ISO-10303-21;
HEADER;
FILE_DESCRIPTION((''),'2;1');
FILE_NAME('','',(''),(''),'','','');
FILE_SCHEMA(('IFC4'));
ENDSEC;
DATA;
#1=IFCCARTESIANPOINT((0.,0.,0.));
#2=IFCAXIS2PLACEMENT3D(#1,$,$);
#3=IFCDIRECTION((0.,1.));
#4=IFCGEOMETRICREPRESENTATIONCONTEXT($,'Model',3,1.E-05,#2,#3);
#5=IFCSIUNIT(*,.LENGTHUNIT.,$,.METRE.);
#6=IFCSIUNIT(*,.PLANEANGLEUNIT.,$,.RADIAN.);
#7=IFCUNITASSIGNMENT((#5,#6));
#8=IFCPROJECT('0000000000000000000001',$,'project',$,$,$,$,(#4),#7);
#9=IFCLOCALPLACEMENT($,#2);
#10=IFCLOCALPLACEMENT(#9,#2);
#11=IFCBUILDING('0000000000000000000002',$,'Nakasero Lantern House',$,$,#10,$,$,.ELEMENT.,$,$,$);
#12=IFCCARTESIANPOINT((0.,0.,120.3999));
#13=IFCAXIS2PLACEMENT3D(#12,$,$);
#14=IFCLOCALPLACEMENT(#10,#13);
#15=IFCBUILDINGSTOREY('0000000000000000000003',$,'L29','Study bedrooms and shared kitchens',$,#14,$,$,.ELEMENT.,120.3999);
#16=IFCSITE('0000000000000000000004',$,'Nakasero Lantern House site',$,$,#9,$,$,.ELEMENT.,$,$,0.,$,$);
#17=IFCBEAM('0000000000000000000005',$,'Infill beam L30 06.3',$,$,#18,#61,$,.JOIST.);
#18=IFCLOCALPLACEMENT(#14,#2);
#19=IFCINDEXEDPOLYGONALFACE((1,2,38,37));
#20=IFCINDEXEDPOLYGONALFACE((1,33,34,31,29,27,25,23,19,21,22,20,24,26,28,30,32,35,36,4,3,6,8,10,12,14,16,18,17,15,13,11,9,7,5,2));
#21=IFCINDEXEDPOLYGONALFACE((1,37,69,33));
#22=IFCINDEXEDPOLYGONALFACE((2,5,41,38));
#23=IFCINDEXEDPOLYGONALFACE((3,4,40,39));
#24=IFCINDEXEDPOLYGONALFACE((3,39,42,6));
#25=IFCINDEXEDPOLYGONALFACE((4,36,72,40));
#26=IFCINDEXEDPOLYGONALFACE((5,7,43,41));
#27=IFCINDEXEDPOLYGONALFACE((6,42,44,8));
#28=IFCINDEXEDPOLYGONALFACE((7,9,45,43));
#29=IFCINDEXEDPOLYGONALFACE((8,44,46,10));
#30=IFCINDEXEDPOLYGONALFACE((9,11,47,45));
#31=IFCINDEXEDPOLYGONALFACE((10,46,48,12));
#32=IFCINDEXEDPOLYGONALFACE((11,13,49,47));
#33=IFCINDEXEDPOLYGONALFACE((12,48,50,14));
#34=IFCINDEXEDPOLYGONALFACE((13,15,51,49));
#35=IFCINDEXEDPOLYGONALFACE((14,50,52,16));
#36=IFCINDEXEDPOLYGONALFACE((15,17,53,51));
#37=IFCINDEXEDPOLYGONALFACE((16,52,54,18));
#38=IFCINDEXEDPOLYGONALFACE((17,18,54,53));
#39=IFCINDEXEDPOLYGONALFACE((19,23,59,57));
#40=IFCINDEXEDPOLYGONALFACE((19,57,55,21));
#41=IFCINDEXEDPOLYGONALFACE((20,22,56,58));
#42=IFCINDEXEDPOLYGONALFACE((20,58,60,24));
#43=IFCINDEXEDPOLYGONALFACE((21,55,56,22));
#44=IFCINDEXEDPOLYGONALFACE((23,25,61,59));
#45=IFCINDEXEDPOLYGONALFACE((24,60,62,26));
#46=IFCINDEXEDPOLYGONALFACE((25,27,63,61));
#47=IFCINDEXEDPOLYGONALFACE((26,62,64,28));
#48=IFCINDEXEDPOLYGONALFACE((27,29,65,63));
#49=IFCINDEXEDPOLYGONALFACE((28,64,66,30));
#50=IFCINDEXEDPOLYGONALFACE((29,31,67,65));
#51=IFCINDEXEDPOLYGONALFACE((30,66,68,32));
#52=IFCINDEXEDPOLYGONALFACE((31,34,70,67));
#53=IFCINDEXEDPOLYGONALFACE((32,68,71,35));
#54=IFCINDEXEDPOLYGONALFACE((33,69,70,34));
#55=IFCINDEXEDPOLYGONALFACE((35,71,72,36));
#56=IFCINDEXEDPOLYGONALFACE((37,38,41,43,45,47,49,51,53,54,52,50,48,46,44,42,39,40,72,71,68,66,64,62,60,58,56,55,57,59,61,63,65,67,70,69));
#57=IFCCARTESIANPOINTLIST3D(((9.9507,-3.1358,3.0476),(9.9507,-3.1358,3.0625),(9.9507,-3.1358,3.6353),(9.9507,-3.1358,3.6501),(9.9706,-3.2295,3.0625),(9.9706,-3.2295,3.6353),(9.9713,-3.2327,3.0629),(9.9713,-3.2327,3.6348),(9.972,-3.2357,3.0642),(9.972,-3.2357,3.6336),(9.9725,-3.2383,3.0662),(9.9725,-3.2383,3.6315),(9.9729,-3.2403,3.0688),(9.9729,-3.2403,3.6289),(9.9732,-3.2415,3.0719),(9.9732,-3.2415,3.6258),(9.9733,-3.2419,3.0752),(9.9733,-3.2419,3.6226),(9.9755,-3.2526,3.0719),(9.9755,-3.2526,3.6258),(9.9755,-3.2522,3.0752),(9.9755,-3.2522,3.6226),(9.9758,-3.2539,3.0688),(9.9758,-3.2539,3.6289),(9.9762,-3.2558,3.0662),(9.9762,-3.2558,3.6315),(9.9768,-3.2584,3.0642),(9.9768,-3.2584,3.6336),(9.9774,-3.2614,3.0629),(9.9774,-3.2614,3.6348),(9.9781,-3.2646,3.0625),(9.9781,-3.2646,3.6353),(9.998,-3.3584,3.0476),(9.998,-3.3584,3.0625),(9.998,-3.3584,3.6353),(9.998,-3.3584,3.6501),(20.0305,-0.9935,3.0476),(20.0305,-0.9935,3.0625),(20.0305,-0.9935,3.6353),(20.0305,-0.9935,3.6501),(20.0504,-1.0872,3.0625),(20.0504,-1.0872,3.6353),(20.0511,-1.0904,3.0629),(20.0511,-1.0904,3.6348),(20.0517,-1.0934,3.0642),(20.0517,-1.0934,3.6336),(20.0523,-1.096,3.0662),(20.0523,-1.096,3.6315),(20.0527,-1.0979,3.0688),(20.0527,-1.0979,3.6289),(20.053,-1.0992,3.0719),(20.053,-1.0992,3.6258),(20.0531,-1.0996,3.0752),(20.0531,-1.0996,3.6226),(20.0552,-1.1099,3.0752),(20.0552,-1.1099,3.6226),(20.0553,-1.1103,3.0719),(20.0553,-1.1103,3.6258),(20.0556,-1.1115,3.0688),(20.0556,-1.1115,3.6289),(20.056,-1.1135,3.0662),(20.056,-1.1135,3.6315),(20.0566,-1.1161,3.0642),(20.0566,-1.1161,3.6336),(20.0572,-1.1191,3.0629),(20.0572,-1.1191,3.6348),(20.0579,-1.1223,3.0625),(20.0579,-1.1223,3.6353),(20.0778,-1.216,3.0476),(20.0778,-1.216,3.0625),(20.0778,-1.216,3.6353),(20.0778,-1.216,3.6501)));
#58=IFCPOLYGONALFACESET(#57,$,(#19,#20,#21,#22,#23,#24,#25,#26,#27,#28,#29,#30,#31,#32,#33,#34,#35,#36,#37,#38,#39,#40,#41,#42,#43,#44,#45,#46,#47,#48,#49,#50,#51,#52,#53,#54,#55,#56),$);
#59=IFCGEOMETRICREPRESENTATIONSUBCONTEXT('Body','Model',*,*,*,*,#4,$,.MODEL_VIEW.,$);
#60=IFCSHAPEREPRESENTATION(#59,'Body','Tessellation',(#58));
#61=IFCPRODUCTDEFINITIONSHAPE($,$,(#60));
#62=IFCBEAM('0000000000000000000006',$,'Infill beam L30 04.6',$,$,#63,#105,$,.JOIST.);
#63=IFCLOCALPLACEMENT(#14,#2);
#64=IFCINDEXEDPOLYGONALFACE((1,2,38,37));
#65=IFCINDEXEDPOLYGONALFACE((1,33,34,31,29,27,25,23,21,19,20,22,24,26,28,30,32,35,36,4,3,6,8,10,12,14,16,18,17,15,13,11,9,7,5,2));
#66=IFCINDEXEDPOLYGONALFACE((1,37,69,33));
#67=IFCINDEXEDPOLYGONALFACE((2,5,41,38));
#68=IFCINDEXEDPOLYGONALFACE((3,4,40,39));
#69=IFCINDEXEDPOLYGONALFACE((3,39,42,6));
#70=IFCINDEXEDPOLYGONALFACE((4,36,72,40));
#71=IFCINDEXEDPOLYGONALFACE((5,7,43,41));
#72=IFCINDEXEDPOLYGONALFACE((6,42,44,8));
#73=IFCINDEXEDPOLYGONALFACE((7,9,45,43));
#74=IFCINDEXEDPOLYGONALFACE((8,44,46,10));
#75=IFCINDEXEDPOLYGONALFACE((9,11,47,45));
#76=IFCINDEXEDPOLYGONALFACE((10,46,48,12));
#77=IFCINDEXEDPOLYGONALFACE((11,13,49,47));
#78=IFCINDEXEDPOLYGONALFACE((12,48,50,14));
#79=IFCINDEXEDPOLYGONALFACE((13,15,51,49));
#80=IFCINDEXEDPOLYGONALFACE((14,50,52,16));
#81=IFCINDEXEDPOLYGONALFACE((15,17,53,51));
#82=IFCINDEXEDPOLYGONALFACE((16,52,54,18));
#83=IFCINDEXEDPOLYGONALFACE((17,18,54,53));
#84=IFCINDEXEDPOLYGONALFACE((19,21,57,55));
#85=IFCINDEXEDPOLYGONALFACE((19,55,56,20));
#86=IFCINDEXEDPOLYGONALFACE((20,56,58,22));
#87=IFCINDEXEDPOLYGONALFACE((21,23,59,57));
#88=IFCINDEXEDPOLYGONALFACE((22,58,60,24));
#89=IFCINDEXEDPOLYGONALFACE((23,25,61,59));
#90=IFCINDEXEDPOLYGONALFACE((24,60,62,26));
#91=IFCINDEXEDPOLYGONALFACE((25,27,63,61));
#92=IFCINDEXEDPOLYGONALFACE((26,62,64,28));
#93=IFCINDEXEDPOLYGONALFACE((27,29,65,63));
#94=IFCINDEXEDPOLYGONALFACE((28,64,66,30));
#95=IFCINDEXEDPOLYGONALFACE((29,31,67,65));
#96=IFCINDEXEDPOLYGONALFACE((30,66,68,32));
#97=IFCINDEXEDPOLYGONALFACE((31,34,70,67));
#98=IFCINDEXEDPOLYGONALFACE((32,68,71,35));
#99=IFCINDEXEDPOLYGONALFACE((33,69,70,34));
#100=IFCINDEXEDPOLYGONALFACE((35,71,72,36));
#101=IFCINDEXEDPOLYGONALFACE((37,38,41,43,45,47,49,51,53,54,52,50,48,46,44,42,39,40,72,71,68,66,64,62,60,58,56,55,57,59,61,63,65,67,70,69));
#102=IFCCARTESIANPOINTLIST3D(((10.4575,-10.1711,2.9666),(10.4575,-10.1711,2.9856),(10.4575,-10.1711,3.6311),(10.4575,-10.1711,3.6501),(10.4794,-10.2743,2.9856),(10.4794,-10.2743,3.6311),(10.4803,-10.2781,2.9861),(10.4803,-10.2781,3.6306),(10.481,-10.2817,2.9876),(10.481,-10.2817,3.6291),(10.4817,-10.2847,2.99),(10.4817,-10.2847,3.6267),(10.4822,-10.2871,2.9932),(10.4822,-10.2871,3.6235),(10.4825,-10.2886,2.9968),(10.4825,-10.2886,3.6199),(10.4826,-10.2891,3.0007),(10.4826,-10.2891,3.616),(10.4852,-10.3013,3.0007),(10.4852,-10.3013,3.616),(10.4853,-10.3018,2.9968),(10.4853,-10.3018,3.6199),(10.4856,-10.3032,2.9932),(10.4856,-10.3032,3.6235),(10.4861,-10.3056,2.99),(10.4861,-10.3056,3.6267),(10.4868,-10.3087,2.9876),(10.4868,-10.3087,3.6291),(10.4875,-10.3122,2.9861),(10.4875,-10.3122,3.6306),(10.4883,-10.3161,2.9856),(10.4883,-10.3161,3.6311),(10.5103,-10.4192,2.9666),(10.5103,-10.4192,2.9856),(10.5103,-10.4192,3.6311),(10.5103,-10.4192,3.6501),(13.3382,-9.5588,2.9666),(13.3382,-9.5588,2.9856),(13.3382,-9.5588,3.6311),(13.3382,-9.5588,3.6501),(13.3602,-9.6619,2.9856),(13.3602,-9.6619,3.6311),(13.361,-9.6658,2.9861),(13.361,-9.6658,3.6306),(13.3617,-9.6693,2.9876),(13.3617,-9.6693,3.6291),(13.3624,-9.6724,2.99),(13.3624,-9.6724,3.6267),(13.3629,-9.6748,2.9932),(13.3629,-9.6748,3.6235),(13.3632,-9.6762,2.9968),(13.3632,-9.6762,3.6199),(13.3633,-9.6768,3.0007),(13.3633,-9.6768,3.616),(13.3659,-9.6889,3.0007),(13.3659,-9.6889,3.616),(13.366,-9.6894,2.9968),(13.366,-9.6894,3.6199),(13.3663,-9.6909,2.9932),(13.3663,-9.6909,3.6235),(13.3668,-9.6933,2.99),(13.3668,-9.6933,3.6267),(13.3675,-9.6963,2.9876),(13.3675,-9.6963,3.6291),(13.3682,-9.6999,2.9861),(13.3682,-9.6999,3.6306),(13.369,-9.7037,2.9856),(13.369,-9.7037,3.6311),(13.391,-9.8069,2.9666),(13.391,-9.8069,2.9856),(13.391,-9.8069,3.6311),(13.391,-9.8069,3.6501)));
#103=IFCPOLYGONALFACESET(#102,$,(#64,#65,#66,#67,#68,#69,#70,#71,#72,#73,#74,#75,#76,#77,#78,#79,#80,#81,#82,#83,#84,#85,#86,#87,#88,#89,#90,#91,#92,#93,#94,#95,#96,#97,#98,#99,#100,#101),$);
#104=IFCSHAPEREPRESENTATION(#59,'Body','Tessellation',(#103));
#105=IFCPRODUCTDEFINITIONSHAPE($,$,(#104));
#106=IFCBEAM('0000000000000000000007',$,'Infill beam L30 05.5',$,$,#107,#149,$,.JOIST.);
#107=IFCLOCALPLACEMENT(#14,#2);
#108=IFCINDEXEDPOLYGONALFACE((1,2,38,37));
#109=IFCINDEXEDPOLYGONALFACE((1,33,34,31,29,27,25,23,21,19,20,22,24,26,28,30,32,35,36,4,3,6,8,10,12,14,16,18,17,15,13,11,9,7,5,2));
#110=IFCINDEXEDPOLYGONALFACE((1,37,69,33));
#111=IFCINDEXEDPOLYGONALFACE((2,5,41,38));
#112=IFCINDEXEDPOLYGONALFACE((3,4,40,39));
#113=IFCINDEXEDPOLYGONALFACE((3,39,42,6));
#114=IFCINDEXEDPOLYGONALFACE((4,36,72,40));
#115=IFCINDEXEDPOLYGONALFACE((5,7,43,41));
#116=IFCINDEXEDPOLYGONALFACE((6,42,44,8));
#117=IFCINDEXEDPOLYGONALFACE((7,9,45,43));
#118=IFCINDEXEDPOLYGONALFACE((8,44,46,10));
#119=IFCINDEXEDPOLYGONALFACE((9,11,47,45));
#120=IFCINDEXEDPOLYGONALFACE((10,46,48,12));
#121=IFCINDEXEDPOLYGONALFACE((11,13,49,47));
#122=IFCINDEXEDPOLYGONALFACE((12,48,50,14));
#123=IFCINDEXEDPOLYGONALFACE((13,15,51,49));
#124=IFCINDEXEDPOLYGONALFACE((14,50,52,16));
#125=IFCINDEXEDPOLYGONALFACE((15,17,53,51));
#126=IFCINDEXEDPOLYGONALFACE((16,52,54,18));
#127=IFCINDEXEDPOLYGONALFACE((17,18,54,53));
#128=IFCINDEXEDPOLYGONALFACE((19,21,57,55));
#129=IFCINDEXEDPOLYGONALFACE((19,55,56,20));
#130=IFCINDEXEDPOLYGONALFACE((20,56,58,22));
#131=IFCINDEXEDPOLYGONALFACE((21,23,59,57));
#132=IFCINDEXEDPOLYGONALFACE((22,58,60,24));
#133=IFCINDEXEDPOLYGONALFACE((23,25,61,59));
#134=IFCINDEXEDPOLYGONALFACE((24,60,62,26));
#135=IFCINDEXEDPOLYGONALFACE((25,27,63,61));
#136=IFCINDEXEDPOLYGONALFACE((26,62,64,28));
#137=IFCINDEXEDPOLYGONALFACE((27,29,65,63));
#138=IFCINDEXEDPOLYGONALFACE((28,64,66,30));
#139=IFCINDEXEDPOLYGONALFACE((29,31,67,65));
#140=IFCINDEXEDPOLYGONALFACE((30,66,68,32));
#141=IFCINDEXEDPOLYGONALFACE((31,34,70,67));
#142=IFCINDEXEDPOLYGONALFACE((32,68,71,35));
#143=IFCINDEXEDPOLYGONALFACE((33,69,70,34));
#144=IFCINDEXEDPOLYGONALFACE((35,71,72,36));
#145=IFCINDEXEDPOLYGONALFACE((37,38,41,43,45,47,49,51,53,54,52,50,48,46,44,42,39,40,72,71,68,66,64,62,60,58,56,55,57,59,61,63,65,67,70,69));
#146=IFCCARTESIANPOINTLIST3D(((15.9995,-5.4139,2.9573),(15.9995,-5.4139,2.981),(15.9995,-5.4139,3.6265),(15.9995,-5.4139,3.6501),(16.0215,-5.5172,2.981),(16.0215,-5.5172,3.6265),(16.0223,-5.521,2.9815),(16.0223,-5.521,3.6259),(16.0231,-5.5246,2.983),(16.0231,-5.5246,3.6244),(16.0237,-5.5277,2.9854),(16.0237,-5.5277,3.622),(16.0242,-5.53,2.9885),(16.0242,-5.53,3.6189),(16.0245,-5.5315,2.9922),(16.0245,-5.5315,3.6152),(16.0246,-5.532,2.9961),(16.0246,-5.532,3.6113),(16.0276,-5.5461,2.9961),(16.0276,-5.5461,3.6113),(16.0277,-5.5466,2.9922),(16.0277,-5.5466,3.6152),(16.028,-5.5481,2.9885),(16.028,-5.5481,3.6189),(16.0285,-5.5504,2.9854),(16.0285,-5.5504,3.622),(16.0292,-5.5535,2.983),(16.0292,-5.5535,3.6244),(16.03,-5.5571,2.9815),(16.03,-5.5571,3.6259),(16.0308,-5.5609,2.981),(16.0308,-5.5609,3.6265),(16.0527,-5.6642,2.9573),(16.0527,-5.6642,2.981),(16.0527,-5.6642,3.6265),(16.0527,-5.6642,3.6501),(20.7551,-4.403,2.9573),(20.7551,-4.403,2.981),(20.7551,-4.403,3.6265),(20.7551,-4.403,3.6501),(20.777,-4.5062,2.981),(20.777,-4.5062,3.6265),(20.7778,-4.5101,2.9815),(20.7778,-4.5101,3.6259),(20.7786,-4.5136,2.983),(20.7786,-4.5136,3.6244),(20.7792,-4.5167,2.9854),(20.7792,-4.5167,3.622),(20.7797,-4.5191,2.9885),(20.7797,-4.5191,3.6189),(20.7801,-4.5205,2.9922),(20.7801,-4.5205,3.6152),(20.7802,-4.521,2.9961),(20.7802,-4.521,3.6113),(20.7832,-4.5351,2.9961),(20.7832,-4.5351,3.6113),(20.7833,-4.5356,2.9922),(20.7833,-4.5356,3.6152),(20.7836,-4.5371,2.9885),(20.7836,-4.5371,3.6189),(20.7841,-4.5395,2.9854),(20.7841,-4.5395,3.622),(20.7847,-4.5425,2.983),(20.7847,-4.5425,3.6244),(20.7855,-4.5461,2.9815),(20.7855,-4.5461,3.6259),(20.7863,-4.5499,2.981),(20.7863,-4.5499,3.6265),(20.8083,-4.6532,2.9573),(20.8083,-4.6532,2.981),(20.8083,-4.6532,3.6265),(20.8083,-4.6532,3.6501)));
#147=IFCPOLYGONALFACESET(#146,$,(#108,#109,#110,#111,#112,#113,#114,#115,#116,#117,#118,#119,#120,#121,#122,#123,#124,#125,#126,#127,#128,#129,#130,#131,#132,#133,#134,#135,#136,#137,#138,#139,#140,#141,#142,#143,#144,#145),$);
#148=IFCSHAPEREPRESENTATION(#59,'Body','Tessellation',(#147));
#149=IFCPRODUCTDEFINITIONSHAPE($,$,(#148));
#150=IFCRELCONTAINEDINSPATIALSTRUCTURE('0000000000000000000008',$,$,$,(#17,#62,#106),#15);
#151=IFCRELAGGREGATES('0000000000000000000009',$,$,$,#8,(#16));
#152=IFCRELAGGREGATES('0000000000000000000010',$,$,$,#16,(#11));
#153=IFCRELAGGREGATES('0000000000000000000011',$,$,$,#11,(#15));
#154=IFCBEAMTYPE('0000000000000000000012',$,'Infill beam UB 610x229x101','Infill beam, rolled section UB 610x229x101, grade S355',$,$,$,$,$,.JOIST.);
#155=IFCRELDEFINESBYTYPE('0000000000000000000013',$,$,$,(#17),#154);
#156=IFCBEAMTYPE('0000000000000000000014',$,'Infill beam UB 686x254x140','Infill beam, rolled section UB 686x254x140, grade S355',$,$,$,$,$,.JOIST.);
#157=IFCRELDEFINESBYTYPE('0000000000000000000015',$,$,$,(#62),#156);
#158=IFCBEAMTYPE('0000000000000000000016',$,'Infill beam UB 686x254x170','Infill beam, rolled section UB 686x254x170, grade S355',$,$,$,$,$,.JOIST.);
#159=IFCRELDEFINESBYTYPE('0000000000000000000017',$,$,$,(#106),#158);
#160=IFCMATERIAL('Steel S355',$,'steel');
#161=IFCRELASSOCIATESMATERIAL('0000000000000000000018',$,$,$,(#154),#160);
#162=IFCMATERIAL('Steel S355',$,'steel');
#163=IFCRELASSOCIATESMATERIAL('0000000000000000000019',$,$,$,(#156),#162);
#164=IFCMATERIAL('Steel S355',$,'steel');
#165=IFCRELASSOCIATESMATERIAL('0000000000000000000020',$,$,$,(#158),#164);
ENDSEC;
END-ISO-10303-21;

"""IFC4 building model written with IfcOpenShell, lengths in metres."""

from ifc_helpers import new_model, si_unit, direction, frame, origin, origin_2d, place, context, subcontext, project, spatial, i_section, extrude, material, material_profile, profile_set, type_object, element, save


model = new_model("IFC4")

# Units and contexts
model_context = context("Model", 3, precision=1e-05, world=origin(), true_north=direction((0.0, 1.0)))
body_context = subcontext(model_context, "Body", "Model", "MODEL_VIEW")
ifc_project = project(units=[si_unit("LENGTHUNIT", "METRE"), si_unit("PLANEANGLEUNIT", "RADIAN")], contexts=[model_context])

# Site, building, storey
site_placement = place(None, origin())
site = spatial("IfcSite", under=ifc_project, at=site_placement, Name="Nakasero Lantern House site", CompositionType="ELEMENT", RefElevation=0.0)
building_placement = place(site_placement, origin())
building = spatial("IfcBuilding", under=site, at=building_placement, Name="Nakasero Lantern House", CompositionType="ELEMENT")
storey_placement = place(building_placement, frame((0.0, 0.0, 120.3999)))
storey = spatial("IfcBuildingStorey", under=building, at=storey_placement, Name="L29", Description="Study bedrooms and shared kitchens", CompositionType="ELEMENT", Elevation=120.3999)

# Beams
ifc_material_1 = material(Name="Steel S355", Category="steel")
ifc_material_profile_1 = material_profile(ifc_material_1, i_section(OverallWidth=0.2275, OverallDepth=0.6025, WebThickness=0.0105, FlangeThickness=0.0149, FilletRadius=0.0127, at=origin_2d()), Name="UB 610x229x101")
ifc_profile_set_1 = profile_set([ifc_material_profile_1], Name="Steel S355")
beam_type_1 = type_object("IfcBeamType", Name="Infill beam UB 610x229x101", Description="Infill beam, rolled section UB 610x229x101, grade S355", PredefinedType="JOIST", material=ifc_profile_set_1)
beam_1_placement = place(storey_placement, frame((9.9744, -3.2471, 3.3489), z_axis=(0.978152, 0.207893, 0.0), x_axis=(-0.207893, 0.978152, 0.0)))
element("IfcBeam", 1, at=beam_1_placement, inside=storey, type_object=beam_type_1, Name="Infill beam L30 06.3", PredefinedType="JOIST", context=body_context, shape_type="SweptSolid", body=[
    extrude(i_section(OverallWidth=0.2275, OverallDepth=0.6025, WebThickness=0.0105, FlangeThickness=0.0149, FilletRadius=0.0127, at=origin_2d()), origin(), (0.0, 0.0, 1.0), 10.3049),
])
ifc_material_2 = material(Name="Steel S355", Category="steel")
ifc_material_profile_2 = material_profile(ifc_material_2, i_section(OverallWidth=0.2537, OverallDepth=0.6836, WebThickness=0.0125, FlangeThickness=0.019, FilletRadius=0.0151, at=origin_2d()), Name="UB 686x254x140")
ifc_profile_set_2 = profile_set([ifc_material_profile_2], Name="Steel S355")
beam_type_2 = type_object("IfcBeamType", Name="Infill beam UB 686x254x140", Description="Infill beam, rolled section UB 686x254x140, grade S355", PredefinedType="JOIST", material=ifc_profile_set_2)
beam_2_placement = place(storey_placement, frame((10.4839, -10.2952, 3.3083), z_axis=(0.978147, 0.207915, 0.0), x_axis=(-0.207915, 0.978147, 0.0)))
element("IfcBeam", 2, at=beam_2_placement, inside=storey, type_object=beam_type_2, Name="Infill beam L30 04.6", PredefinedType="JOIST", context=body_context, shape_type="SweptSolid", body=[
    extrude(i_section(OverallWidth=0.2537, OverallDepth=0.6836, WebThickness=0.0125, FlangeThickness=0.019, FilletRadius=0.0151, at=origin_2d()), origin(), (0.0, 0.0, 1.0), 2.9451),
])
ifc_material_3 = material(Name="Steel S355", Category="steel")
ifc_material_profile_3 = material_profile(ifc_material_3, i_section(OverallWidth=0.2559, OverallDepth=0.6929, WebThickness=0.0144, FlangeThickness=0.0237, FilletRadius=0.0151, at=origin_2d()), Name="UB 686x254x170")
ifc_profile_set_3 = profile_set([ifc_material_profile_3], Name="Steel S355")
beam_type_3 = type_object("IfcBeamType", Name="Infill beam UB 686x254x170", Description="Infill beam, rolled section UB 686x254x170, grade S355", PredefinedType="JOIST", material=ifc_profile_set_3)
beam_3_placement = place(storey_placement, frame((16.0261, -5.5391, 3.3037), z_axis=(0.978141, 0.207941, 0.0), x_axis=(-0.207941, 0.978141, 0.0)))
element("IfcBeam", 3, at=beam_3_placement, inside=storey, type_object=beam_type_3, Name="Infill beam L30 05.5", PredefinedType="JOIST", context=body_context, shape_type="SweptSolid", body=[
    extrude(i_section(OverallWidth=0.2559, OverallDepth=0.6929, WebThickness=0.0144, FlangeThickness=0.0237, FilletRadius=0.0151, at=origin_2d()), origin(), (0.0, 0.0, 1.0), 4.8618),
])

save(model, "model.ifc")
